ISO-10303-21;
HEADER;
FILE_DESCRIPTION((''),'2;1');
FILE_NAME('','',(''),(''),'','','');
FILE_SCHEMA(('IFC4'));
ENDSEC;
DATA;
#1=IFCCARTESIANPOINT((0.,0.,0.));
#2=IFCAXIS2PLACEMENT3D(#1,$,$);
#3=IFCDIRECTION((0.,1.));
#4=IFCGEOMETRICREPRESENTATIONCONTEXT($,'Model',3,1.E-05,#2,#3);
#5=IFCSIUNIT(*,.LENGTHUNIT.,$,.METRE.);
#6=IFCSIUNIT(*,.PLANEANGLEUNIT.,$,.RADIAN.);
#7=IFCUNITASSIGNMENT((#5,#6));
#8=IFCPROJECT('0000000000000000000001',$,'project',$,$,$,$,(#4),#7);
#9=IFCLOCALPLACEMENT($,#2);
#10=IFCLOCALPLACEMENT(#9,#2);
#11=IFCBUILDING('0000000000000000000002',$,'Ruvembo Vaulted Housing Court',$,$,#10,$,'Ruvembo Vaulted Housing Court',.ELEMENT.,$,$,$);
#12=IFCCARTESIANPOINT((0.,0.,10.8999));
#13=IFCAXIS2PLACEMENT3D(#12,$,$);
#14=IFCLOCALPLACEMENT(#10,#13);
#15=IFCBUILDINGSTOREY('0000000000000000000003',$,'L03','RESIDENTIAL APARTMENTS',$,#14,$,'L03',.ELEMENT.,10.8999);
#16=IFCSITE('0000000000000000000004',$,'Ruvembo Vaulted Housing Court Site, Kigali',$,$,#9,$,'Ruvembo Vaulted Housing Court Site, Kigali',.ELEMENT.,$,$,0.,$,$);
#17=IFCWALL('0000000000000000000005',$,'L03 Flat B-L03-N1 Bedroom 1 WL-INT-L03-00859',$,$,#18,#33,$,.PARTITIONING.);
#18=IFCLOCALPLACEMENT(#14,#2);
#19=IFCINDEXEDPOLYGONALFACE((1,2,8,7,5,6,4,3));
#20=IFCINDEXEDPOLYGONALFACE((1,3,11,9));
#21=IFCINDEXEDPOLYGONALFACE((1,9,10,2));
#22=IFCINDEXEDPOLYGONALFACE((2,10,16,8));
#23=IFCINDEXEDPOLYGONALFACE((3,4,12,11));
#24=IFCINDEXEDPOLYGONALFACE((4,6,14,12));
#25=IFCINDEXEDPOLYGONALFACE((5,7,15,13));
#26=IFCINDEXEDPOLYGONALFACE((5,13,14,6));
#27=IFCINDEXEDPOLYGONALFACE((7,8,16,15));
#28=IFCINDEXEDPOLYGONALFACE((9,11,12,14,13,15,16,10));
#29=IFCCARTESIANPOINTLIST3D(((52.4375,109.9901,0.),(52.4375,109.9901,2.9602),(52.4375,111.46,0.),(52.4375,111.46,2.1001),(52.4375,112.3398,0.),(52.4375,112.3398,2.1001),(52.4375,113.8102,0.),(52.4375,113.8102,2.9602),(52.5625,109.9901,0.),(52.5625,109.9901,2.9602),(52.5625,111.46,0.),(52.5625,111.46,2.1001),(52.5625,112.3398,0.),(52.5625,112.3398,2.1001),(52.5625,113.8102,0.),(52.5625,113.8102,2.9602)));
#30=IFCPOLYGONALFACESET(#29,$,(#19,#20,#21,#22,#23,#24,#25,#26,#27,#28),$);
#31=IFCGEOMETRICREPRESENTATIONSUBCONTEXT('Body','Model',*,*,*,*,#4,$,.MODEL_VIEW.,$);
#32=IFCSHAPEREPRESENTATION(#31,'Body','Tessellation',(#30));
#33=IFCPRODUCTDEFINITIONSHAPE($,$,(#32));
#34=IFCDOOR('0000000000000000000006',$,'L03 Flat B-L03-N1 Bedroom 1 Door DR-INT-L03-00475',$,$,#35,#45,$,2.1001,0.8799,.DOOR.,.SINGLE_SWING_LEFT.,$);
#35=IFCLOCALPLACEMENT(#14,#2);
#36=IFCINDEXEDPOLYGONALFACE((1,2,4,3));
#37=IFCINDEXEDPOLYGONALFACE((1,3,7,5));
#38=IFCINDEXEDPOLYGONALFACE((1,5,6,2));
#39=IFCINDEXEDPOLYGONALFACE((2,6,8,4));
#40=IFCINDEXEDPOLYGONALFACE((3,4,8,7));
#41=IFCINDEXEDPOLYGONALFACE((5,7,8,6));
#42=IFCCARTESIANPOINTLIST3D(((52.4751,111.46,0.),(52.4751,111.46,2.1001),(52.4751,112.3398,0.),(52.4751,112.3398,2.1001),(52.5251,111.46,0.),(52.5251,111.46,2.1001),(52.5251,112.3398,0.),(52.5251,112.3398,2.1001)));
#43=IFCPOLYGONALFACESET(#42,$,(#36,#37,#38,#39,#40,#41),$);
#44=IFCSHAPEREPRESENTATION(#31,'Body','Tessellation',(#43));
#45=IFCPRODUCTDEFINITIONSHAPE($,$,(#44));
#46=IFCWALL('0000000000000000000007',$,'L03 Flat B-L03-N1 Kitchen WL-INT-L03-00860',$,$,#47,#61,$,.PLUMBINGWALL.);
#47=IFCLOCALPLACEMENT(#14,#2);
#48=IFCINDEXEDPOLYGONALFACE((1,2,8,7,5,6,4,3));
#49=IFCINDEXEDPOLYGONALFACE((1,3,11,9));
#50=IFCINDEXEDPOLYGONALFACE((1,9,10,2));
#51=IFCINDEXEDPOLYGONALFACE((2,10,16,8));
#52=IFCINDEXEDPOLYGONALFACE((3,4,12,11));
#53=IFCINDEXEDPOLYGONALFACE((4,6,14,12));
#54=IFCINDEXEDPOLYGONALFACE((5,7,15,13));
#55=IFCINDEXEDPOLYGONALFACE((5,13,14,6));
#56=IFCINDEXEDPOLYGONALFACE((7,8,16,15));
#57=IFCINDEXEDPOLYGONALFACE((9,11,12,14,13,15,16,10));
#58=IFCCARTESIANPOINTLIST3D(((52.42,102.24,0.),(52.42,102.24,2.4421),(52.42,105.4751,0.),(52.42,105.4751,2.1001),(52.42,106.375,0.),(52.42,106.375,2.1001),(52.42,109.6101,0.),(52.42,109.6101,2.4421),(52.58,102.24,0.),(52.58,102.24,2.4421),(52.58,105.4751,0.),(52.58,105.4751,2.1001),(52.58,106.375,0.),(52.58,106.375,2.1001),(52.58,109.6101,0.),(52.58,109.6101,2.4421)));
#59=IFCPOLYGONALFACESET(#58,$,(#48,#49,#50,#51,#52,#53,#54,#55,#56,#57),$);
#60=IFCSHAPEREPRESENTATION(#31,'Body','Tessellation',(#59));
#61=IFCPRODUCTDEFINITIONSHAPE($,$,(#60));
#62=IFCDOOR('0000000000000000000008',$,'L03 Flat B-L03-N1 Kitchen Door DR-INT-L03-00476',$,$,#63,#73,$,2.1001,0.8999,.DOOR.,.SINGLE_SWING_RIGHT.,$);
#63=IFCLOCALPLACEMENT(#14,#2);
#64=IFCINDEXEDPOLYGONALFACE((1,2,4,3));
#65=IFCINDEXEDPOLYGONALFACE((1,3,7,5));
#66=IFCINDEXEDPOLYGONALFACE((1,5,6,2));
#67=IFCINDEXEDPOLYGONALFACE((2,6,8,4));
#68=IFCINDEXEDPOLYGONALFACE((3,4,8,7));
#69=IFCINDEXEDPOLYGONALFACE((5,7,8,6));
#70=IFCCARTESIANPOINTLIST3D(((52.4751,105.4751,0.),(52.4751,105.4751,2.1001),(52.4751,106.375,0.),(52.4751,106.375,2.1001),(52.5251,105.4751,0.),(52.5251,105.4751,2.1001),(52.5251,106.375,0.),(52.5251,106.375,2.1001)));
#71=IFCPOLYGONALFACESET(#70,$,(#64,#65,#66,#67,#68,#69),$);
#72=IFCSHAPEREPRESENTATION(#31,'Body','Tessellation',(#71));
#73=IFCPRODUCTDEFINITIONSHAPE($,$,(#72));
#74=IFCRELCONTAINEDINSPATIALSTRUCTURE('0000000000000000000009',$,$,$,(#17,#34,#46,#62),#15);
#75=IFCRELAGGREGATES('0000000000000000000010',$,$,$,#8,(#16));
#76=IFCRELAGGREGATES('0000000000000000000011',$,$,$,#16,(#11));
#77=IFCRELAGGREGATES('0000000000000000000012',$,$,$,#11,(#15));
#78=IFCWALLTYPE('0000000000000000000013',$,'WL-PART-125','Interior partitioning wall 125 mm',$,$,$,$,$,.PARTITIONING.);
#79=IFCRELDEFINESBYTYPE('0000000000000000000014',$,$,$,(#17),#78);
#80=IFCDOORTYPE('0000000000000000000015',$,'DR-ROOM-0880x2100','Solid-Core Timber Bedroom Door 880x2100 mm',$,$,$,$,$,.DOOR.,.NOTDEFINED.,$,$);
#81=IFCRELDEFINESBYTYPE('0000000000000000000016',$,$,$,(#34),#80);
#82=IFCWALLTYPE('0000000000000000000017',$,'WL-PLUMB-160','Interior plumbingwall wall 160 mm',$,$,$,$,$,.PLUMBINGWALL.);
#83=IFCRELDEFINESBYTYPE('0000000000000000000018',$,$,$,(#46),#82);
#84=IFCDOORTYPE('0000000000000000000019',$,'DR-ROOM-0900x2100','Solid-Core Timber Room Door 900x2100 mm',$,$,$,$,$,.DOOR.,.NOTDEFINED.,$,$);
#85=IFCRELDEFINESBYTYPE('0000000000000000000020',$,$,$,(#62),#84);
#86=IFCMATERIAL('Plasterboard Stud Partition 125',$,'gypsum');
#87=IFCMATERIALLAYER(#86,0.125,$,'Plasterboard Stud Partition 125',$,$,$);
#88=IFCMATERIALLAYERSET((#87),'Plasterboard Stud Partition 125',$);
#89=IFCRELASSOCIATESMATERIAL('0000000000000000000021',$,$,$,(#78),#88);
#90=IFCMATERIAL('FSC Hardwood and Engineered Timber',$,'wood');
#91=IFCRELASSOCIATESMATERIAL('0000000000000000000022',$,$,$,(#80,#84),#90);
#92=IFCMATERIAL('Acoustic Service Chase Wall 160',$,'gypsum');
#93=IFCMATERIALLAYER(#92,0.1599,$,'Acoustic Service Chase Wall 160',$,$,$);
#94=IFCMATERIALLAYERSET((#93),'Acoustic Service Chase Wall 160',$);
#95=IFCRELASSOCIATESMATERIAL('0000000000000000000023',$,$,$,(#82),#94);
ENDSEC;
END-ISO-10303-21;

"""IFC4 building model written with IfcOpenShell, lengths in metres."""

from ifc_helpers import new_model, si_unit, direction, frame, frame_2d, origin, place, context, subcontext, project, spatial, rectangle, extrude, material, layer, layer_set, type_object, element, fill, save


model = new_model("IFC4")

# Units and contexts
model_context = context("Model", 3, precision=1e-05, world=origin(), true_north=direction((0.0, 1.0)))
body_context = subcontext(model_context, "Body", "Model", "MODEL_VIEW")
ifc_project = project(units=[si_unit("LENGTHUNIT", "METRE"), si_unit("PLANEANGLEUNIT", "RADIAN")], contexts=[model_context])

# Site, building, storey
site_placement = place(None, origin())
site = spatial("IfcSite", under=ifc_project, at=site_placement, Name="Ruvembo Vaulted Housing Court Site, Kigali", LongName="Ruvembo Vaulted Housing Court Site, Kigali", CompositionType="ELEMENT", RefElevation=0.0)
building_placement = place(site_placement, origin())
building = spatial("IfcBuilding", under=site, at=building_placement, Name="Ruvembo Vaulted Housing Court", LongName="Ruvembo Vaulted Housing Court", CompositionType="ELEMENT")
storey_placement = place(building_placement, frame((0.0, 0.0, 10.8999)))
storey = spatial("IfcBuildingStorey", under=building, at=storey_placement, Name="L03", Description="RESIDENTIAL APARTMENTS", LongName="L03", CompositionType="ELEMENT", Elevation=10.8999)

# Walls, openings, doors
ifc_material_1 = material(Name="Plasterboard Stud Partition 125", Category="gypsum")
ifc_layer_1 = layer(ifc_material_1, 0.125, Name="Plasterboard Stud Partition 125")
ifc_layer_set_1 = layer_set([ifc_layer_1], Name="Plasterboard Stud Partition 125")
wall_type_1 = type_object("IfcWallType", Name="WL-PART-125", Description="Interior partitioning wall 125 mm", PredefinedType="PARTITIONING", material=ifc_layer_set_1)
wall_1_placement = place(storey_placement, frame((52.5, 109.99, 0.0), z_axis=(0.0, 0.0, 1.0), x_axis=(0.0, 1.0, 0.0)))
wall_1 = element("IfcWall", 1, at=wall_1_placement, inside=storey, type_object=wall_type_1, Name="L03 Flat B-L03-N1 Bedroom 1 WL-INT-L03-00859", PredefinedType="PARTITIONING", context=body_context, shape_type="SweptSolid", body=[
    extrude(rectangle(XDim=3.8201, YDim=0.125, at=frame_2d((1.9102, 0.0))), origin(), (0.0, 0.0, 1.0), 2.9602),
])
opening_1_placement = place(wall_1_placement, frame((1.47, 0.0, 0.0)))
opening_1 = element("IfcOpeningElement", 2, at=opening_1_placement, cuts=wall_1, PredefinedType="OPENING", context=body_context, shape_type="SweptSolid", body=[
    extrude(rectangle(XDim=0.8799, YDim=2.1001, at=frame_2d((0.4399, 1.05))), frame((0.0, 0.0725, 0.0), z_axis=(0.0, -1.0, 0.0), x_axis=(1.0, 0.0, 0.0)), (0.0, 0.0, 1.0), 0.145),
])
ifc_material_2 = material(Name="FSC Hardwood and Engineered Timber", Category="wood")
door_type_1 = type_object("IfcDoorType", Name="DR-ROOM-0880x2100", Description="Solid-Core Timber Bedroom Door 880x2100 mm", OperationType="NOTDEFINED", PredefinedType="DOOR", material=ifc_material_2)
door_1_placement = place(opening_1_placement, origin())
door_1 = element("IfcDoor", 3, at=door_1_placement, inside=storey, type_object=door_type_1, Name="L03 Flat B-L03-N1 Bedroom 1 Door DR-INT-L03-00475", OperationType="SINGLE_SWING_LEFT", OverallHeight=2.1001, OverallWidth=0.8799, PredefinedType="DOOR", context=body_context, shape_type="SweptSolid", body=[
    extrude(rectangle(XDim=0.8799, YDim=2.1001, at=frame_2d((0.4399, 1.05))), frame((0.0, 0.0249, 0.0), z_axis=(0.0, -1.0, 0.0), x_axis=(1.0, 0.0, 0.0)), (0.0, 0.0, 1.0), 0.05),
])
fill(opening_1, door_1)
ifc_material_3 = material(Name="Acoustic Service Chase Wall 160", Category="gypsum")
ifc_layer_2 = layer(ifc_material_3, 0.1599, Name="Acoustic Service Chase Wall 160")
ifc_layer_set_2 = layer_set([ifc_layer_2], Name="Acoustic Service Chase Wall 160")
wall_type_2 = type_object("IfcWallType", Name="WL-PLUMB-160", Description="Interior plumbingwall wall 160 mm", PredefinedType="PLUMBINGWALL", material=ifc_layer_set_2)
wall_2_placement = place(storey_placement, frame((52.5, 102.24, 0.0), z_axis=(0.0, 0.0, 1.0), x_axis=(0.0, 1.0, 0.0)))
wall_2 = element("IfcWall", 4, at=wall_2_placement, inside=storey, type_object=wall_type_2, Name="L03 Flat B-L03-N1 Kitchen WL-INT-L03-00860", PredefinedType="PLUMBINGWALL", context=body_context, shape_type="SweptSolid", body=[
    extrude(rectangle(XDim=7.3701, YDim=0.1599, at=frame_2d((3.6851, 0.0))), origin(), (0.0, 0.0, 1.0), 2.4421),
])
opening_2_placement = place(wall_2_placement, frame((3.2351, 0.0, 0.0)))
opening_2 = element("IfcOpeningElement", 5, at=opening_2_placement, cuts=wall_2, PredefinedType="OPENING", context=body_context, shape_type="SweptSolid", body=[
    extrude(rectangle(XDim=0.8999, YDim=2.1001, at=frame_2d((0.45, 1.05))), frame((0.0, 0.0898, 0.0), z_axis=(0.0, -1.0, 0.0), x_axis=(1.0, 0.0, 0.0)), (0.0, 0.0, 1.0), 0.1799),
])
door_type_2 = type_object("IfcDoorType", Name="DR-ROOM-0900x2100", Description="Solid-Core Timber Room Door 900x2100 mm", OperationType="NOTDEFINED", PredefinedType="DOOR", material=ifc_material_2)
door_2_placement = place(opening_2_placement, origin())
door_2 = element("IfcDoor", 6, at=door_2_placement, inside=storey, type_object=door_type_2, Name="L03 Flat B-L03-N1 Kitchen Door DR-INT-L03-00476", OperationType="SINGLE_SWING_RIGHT", OverallHeight=2.1001, OverallWidth=0.8999, PredefinedType="DOOR", context=body_context, shape_type="SweptSolid", body=[
    extrude(rectangle(XDim=0.8999, YDim=2.1001, at=frame_2d((0.45, 1.05))), frame((0.0, 0.0249, 0.0), z_axis=(0.0, -1.0, 0.0), x_axis=(1.0, 0.0, 0.0)), (0.0, 0.0, 1.0), 0.05),
])
fill(opening_2, door_2)

save(model, "model.ifc")
